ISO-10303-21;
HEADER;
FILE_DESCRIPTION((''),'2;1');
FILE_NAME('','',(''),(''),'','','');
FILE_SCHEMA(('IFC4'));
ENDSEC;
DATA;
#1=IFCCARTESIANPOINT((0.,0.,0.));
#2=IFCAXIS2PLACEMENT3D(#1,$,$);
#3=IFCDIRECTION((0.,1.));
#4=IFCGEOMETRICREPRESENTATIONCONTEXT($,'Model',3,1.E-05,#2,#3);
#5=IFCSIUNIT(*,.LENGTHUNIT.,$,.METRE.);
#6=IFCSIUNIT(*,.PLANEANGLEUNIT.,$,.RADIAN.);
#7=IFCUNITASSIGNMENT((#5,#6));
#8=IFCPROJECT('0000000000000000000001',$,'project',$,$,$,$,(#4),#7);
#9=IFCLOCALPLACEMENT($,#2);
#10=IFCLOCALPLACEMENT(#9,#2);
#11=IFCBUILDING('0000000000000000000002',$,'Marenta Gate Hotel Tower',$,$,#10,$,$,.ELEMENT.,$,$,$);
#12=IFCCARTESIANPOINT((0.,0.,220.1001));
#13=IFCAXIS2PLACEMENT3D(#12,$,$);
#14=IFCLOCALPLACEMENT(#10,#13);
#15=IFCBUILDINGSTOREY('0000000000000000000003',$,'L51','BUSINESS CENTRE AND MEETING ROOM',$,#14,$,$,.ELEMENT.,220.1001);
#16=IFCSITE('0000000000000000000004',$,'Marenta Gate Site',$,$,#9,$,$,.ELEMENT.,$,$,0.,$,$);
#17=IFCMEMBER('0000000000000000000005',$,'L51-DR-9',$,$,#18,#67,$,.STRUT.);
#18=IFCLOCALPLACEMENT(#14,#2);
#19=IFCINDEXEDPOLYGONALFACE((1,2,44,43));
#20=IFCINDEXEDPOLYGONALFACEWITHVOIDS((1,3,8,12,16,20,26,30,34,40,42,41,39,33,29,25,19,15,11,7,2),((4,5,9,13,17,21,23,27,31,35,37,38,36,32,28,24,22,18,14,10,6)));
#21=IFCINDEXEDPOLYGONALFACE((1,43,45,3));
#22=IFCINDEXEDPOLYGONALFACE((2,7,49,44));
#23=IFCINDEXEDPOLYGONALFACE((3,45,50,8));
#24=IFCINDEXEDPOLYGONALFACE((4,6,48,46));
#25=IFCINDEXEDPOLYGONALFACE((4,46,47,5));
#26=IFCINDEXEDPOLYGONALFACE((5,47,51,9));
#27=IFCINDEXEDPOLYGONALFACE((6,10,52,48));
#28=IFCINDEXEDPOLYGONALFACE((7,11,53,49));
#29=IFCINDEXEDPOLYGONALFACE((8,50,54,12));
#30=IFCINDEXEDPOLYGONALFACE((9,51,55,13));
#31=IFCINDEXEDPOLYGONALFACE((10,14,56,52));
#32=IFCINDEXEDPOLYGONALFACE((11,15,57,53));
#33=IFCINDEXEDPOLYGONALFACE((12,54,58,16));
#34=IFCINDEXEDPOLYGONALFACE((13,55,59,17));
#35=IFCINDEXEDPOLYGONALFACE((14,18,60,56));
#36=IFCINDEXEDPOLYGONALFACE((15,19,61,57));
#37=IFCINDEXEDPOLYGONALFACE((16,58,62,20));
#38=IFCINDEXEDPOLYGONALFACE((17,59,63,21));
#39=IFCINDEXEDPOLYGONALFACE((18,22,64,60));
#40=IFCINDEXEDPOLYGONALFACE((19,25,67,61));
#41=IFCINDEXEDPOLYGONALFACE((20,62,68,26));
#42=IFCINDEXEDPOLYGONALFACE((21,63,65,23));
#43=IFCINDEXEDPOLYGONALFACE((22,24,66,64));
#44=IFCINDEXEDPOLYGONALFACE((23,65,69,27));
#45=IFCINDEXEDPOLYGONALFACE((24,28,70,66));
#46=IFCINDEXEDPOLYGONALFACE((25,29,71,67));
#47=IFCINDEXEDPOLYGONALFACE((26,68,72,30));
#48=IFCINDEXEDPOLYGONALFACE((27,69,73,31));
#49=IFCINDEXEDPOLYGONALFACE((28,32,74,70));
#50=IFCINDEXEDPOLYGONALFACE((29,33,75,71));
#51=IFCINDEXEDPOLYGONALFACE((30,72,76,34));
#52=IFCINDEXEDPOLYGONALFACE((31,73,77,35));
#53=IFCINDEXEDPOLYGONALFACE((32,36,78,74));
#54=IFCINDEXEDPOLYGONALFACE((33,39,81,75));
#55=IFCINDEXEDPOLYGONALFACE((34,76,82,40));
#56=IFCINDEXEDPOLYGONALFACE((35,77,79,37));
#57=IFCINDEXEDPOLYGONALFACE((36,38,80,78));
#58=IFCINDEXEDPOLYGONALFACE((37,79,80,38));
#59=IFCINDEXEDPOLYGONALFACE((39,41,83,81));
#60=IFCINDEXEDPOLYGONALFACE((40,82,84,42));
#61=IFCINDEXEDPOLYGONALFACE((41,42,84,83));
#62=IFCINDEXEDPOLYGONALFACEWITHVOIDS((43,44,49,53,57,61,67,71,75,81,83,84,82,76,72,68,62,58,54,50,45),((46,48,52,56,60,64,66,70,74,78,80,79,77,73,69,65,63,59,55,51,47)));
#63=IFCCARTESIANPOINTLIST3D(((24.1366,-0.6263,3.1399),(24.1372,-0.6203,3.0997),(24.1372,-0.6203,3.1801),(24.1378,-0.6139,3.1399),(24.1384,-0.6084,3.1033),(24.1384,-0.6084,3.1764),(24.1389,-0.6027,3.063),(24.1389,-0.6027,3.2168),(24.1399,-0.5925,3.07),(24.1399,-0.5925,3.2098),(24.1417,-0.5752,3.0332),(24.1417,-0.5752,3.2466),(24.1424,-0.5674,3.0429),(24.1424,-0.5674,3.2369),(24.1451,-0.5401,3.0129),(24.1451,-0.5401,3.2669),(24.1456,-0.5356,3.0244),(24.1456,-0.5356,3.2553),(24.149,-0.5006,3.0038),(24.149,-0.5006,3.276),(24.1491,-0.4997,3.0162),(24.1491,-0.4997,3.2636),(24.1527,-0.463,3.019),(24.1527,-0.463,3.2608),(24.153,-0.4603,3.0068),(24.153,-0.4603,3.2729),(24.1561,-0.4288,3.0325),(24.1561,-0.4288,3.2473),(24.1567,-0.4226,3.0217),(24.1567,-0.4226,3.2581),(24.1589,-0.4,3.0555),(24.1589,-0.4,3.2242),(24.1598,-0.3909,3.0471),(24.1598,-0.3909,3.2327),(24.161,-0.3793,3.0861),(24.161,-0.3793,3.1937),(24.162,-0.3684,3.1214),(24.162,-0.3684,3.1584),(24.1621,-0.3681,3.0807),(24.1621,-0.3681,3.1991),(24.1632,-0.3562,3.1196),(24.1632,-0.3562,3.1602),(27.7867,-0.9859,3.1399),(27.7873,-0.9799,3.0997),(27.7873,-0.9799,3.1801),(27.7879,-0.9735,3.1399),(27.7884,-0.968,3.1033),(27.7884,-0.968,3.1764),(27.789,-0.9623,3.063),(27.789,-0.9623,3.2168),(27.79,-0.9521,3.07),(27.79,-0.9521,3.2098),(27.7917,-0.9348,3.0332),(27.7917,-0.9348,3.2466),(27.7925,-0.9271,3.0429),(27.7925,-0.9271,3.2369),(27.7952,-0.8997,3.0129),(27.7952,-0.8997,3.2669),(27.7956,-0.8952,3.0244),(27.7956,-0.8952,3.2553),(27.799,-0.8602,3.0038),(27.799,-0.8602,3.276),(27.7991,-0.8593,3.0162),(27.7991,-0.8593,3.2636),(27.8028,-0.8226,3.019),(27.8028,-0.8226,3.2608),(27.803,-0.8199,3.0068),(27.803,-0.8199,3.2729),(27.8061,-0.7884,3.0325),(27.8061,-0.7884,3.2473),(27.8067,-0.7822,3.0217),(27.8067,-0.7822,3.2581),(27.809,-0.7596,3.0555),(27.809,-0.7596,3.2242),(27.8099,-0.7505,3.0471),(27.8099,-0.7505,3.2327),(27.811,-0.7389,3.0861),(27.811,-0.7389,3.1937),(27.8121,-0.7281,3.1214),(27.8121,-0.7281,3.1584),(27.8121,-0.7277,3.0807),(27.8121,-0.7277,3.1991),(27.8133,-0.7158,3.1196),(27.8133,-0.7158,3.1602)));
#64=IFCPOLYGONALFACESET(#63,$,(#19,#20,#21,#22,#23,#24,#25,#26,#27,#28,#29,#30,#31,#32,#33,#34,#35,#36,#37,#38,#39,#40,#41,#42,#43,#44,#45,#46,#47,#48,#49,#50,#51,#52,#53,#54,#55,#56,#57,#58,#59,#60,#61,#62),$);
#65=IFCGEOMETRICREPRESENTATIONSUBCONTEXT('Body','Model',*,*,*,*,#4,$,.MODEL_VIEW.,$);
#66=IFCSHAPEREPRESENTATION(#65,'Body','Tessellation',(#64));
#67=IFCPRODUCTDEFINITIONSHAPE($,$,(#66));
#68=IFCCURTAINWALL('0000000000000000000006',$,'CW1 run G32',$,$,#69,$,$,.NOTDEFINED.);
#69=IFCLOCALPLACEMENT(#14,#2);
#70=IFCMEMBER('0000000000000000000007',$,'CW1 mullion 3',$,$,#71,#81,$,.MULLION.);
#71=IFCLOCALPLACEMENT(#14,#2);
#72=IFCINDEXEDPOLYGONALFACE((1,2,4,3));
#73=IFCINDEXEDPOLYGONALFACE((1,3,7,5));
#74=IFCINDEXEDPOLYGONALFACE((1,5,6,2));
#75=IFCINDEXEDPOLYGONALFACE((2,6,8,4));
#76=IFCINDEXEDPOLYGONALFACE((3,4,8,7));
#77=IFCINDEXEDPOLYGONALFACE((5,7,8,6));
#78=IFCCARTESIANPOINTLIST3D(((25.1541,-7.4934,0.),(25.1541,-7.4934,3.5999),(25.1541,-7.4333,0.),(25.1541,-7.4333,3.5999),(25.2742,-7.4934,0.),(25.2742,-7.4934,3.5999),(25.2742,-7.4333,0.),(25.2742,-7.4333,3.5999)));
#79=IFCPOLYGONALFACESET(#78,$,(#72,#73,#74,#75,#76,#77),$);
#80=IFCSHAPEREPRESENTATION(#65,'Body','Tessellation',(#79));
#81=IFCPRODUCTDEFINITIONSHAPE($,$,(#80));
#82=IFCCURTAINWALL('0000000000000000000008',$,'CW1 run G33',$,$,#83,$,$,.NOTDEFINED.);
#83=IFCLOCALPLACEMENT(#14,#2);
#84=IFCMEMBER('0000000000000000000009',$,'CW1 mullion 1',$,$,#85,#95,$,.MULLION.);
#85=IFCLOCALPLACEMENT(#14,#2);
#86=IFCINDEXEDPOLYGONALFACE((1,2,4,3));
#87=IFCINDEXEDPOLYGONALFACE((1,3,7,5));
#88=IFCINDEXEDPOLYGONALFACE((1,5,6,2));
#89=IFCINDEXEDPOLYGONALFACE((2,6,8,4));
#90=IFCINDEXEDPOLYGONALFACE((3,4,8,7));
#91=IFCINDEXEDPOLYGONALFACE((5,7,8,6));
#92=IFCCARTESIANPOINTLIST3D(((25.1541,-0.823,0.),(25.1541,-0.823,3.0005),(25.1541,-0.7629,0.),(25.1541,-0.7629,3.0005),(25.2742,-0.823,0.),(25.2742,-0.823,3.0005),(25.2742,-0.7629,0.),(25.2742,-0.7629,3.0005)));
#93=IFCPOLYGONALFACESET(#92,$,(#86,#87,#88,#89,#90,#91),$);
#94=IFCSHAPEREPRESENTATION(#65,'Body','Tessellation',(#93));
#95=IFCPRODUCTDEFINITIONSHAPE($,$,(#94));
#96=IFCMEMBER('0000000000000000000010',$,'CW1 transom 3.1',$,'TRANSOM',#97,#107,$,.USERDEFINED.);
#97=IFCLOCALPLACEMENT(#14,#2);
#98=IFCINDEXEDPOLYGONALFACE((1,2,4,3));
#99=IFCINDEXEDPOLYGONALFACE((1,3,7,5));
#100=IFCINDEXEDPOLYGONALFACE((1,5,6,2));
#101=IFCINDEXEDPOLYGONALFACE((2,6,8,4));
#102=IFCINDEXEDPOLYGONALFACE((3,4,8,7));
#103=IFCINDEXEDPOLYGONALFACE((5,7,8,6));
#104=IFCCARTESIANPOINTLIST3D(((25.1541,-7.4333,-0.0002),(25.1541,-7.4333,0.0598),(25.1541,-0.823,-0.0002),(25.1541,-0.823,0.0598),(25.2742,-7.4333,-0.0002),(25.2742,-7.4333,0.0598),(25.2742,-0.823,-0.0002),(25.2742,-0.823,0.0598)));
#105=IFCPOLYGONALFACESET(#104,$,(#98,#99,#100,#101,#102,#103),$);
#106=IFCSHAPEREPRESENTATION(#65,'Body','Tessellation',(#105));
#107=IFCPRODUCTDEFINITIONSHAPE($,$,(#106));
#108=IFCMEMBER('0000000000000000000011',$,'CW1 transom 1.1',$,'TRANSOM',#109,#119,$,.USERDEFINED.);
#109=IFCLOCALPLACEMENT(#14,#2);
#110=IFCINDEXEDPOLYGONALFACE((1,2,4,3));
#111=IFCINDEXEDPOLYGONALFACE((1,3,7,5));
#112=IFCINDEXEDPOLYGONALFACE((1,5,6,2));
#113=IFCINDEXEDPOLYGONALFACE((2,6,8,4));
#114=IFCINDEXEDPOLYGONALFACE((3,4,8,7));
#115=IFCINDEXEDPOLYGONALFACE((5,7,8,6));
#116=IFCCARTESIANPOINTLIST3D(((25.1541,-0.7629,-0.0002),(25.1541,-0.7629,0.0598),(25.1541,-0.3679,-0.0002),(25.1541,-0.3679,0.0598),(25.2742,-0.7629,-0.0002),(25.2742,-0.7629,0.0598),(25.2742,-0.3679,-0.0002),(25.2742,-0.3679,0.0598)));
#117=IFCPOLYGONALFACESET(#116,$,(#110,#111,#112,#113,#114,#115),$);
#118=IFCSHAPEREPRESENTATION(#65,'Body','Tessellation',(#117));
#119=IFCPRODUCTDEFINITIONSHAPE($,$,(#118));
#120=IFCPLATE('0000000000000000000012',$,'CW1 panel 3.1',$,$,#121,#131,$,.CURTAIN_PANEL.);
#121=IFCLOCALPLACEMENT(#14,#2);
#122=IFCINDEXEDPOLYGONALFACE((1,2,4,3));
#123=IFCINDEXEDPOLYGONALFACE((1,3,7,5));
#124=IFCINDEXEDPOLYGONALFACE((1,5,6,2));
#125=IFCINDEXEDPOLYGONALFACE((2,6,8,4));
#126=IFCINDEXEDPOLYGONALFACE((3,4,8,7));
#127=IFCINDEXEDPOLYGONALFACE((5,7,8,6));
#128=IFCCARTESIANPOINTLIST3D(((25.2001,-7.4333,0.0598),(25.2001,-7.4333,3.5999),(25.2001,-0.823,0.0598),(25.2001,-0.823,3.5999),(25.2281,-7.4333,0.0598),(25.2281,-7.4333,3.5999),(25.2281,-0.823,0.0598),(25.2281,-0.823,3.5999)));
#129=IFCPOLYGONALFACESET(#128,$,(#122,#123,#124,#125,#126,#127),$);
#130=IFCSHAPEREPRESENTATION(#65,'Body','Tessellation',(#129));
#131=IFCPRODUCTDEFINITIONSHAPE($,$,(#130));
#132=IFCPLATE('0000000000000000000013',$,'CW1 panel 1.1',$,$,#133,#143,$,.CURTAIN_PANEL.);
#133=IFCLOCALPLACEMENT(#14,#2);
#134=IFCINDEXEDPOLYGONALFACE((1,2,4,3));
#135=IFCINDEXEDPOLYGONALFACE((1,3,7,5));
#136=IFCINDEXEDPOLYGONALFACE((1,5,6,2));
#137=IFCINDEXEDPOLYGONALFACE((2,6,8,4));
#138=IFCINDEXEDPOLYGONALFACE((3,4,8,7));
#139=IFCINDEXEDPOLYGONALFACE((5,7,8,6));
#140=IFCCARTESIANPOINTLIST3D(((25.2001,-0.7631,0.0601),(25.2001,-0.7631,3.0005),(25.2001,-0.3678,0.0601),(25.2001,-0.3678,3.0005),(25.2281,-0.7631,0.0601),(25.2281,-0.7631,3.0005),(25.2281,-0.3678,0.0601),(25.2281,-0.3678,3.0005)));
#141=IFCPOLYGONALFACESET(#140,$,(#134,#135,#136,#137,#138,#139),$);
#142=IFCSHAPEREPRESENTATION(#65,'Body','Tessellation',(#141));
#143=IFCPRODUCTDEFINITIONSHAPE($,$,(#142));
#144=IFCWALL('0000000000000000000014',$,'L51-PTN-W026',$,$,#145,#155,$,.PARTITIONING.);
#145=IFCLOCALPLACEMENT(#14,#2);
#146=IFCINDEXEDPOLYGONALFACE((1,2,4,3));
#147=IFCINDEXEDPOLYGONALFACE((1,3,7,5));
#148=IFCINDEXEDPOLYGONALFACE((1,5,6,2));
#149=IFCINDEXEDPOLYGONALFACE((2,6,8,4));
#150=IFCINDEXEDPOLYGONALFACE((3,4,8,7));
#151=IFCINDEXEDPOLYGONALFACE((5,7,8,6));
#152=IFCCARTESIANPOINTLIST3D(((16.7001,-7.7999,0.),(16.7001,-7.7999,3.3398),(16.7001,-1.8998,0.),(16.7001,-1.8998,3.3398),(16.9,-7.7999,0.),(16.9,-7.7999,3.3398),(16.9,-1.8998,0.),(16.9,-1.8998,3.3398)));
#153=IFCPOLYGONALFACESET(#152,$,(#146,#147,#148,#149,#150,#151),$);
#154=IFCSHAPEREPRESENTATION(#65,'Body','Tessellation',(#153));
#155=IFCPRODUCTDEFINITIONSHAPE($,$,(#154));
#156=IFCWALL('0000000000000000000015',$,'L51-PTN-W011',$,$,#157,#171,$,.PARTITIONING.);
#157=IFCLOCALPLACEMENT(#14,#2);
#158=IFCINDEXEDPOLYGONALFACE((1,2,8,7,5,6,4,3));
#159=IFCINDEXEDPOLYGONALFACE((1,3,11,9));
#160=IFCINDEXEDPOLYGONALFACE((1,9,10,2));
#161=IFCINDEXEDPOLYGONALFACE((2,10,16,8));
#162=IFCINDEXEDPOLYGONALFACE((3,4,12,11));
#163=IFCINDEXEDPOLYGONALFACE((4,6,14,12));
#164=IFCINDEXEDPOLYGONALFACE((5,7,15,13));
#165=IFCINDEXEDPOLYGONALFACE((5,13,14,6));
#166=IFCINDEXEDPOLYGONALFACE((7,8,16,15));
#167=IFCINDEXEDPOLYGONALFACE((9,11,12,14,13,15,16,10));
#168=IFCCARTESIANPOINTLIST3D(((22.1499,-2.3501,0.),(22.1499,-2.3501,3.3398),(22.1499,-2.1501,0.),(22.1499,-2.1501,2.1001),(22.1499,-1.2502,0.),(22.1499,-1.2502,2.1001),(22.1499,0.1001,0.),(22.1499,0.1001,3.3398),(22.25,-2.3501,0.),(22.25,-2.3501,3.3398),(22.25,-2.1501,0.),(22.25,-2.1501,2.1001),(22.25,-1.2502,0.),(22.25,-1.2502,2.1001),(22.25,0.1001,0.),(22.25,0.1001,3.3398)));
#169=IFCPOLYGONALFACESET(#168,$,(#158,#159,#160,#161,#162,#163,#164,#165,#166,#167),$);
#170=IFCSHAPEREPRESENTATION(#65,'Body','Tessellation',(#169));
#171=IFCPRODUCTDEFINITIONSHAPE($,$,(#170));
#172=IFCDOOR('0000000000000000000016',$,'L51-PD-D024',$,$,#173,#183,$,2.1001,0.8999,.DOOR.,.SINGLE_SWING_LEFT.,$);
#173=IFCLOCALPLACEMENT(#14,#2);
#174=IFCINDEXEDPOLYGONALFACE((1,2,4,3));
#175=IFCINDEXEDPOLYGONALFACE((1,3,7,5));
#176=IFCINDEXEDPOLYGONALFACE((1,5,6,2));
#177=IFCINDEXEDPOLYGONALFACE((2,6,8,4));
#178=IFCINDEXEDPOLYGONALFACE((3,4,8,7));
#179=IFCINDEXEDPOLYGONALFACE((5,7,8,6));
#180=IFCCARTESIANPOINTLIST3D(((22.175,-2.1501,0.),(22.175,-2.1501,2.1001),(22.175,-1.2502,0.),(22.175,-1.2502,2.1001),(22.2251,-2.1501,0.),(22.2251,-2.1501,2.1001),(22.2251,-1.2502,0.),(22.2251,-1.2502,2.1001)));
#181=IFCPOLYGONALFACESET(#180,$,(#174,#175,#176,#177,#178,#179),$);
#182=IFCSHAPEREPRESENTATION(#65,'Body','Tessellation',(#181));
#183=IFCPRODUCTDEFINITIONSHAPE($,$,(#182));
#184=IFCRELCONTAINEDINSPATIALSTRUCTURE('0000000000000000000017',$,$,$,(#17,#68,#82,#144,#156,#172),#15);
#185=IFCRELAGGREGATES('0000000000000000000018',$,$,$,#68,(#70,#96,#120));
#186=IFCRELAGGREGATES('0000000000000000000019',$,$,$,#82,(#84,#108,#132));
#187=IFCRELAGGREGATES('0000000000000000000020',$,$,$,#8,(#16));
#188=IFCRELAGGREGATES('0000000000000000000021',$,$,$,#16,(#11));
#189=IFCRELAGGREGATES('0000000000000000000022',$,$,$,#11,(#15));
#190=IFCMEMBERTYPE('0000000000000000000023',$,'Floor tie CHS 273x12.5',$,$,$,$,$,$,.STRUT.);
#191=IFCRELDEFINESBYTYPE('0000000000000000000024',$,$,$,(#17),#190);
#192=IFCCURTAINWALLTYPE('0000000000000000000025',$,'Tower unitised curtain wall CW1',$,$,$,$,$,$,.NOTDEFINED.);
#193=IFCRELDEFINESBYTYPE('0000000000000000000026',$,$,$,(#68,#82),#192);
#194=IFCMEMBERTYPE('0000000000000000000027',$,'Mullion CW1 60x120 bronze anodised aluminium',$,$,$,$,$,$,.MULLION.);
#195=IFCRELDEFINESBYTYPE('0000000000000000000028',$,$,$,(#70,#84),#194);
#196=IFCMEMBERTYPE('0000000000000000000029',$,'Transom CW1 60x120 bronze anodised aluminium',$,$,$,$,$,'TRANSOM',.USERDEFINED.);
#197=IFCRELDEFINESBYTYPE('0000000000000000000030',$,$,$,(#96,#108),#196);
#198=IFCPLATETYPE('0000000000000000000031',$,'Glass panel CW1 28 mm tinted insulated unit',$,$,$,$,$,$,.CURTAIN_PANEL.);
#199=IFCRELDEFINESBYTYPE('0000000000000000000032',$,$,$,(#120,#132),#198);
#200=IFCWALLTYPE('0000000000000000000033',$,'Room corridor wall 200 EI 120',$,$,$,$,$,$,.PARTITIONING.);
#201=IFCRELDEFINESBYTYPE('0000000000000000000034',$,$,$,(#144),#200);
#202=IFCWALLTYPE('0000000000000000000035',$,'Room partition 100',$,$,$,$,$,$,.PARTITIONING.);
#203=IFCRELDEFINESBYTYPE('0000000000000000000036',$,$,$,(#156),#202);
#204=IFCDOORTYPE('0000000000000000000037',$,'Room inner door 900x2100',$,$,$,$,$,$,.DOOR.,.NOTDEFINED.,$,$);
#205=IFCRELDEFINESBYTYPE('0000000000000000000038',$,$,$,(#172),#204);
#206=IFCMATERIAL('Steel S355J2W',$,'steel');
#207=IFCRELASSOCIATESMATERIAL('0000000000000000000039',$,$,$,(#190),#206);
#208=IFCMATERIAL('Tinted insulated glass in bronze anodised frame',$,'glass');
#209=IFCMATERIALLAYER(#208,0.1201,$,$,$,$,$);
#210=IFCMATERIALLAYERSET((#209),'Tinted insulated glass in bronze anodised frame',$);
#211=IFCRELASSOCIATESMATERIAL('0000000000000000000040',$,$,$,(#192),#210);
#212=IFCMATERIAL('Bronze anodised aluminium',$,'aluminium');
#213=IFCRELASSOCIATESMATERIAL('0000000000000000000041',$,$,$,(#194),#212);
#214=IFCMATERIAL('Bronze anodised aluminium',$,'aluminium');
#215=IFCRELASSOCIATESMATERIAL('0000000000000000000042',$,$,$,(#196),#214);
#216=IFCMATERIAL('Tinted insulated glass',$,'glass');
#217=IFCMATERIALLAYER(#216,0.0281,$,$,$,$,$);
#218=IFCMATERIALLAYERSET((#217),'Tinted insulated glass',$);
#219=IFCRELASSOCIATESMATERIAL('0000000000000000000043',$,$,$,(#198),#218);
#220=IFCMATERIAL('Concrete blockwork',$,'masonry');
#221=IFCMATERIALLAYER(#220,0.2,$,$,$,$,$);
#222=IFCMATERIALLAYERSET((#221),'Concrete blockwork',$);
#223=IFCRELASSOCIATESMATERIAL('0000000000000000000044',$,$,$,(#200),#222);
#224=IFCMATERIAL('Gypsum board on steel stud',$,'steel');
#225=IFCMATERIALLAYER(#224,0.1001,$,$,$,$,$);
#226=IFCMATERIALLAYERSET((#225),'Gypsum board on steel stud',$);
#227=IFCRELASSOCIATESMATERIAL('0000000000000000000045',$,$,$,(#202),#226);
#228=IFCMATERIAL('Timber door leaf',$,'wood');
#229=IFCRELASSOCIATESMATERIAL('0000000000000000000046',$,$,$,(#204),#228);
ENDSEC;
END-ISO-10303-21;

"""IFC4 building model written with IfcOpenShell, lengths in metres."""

from ifc_helpers import new_model, si_unit, direction, frame, frame_2d, origin, origin_2d, place, context, subcontext, project, spatial, rectangle, hollow_circle, extrude, material, layer, layer_set, material_profile, profile_set, type_object, element, fill, aggregate, save


model = new_model("IFC4")

# Units and contexts
model_context = context("Model", 3, precision=1e-05, world=origin(), true_north=direction((0.0, 1.0)))
body_context = subcontext(model_context, "Body", "Model", "MODEL_VIEW")
ifc_project = project(units=[si_unit("LENGTHUNIT", "METRE"), si_unit("PLANEANGLEUNIT", "RADIAN")], contexts=[model_context])

# Site, building, storey
site_placement = place(None, origin())
site = spatial("IfcSite", under=ifc_project, at=site_placement, Name="Marenta Gate Site", CompositionType="ELEMENT", RefElevation=0.0)
building_placement = place(site_placement, origin())
building = spatial("IfcBuilding", under=site, at=building_placement, Name="Marenta Gate Hotel Tower", CompositionType="ELEMENT")
storey_placement = place(building_placement, frame((0.0, 0.0, 220.1001)))
storey = spatial("IfcBuildingStorey", under=building, at=storey_placement, Name="L51", Description="BUSINESS CENTRE AND MEETING ROOM", CompositionType="ELEMENT", Elevation=220.1001)

# Member
ifc_material_1 = material(Name="Steel S355J2W", Category="steel")
ifc_material_profile_1 = material_profile(ifc_material_1, hollow_circle(Radius=0.1365, WallThickness=0.0125, at=origin_2d()), Name="CHS 273x12.5")
ifc_profile_set_1 = profile_set([ifc_material_profile_1], Name="Steel S355J2W")
member_type_1 = type_object("IfcMemberType", Name="Floor tie CHS 273x12.5", PredefinedType="STRUT", material=ifc_profile_set_1)
member_1_placement = place(storey_placement, frame((27.8, -0.8501, 3.1399), z_axis=(-0.995182, 0.098047, 0.0), x_axis=(-0.098047, -0.995182, 0.0)))
element("IfcMember", 1, at=member_1_placement, inside=storey, type_object=member_type_1, Name="L51-DR-9", PredefinedType="STRUT", context=body_context, shape_type="SweptSolid", body=[
    extrude(hollow_circle(Radius=0.1365, WallThickness=0.0125, at=origin_2d()), origin(), (0.0, 0.0, 1.0), 3.6677),
])

# Curtain walls, members
ifc_material_2 = material(Name="Tinted insulated glass in bronze anodised frame", Category="glass")
ifc_layer_1 = layer(ifc_material_2, 0.1201)
ifc_layer_set_1 = layer_set([ifc_layer_1], Name="Tinted insulated glass in bronze anodised frame")
curtain_wall_type = type_object("IfcCurtainWallType", Name="Tower unitised curtain wall CW1", PredefinedType="NOTDEFINED", material=ifc_layer_set_1)
curtain_wall_1_placement = place(storey_placement, origin())
curtain_wall_1 = element("IfcCurtainWall", 2, at=curtain_wall_1_placement, inside=storey, type_object=curtain_wall_type, Name="CW1 run G32", PredefinedType="NOTDEFINED")
ifc_material_3 = material(Name="Bronze anodised aluminium", Category="aluminium")
ifc_material_profile_2 = material_profile(ifc_material_3, rectangle(XDim=0.1201, YDim=0.0601, at=origin_2d()), Name="Mullion CW1 60x120 bronze anodised aluminium")
ifc_profile_set_2 = profile_set([ifc_material_profile_2], Name="Bronze anodised aluminium")
member_type_2 = type_object("IfcMemberType", Name="Mullion CW1 60x120 bronze anodised aluminium", PredefinedType="MULLION", material=ifc_profile_set_2)
member_2_placement = place(storey_placement, frame((25.2141, -7.4634, 0.0), z_axis=(0.0, 0.0, 1.0), x_axis=(-1.0, 0.0, 0.0)))
member_2 = element("IfcMember", 3, at=member_2_placement, type_object=member_type_2, Name="CW1 mullion 3", PredefinedType="MULLION", context=body_context, shape_type="SweptSolid", body=[
    extrude(rectangle(XDim=0.1201, YDim=0.0601, at=origin_2d()), origin(), (0.0, 0.0, 1.0), 3.5999),
])
curtain_wall_2_placement = place(storey_placement, origin())
curtain_wall_2 = element("IfcCurtainWall", 4, at=curtain_wall_2_placement, inside=storey, type_object=curtain_wall_type, Name="CW1 run G33", PredefinedType="NOTDEFINED")
member_3_placement = place(storey_placement, frame((25.2141, -0.793, 0.0), z_axis=(0.0, 0.0, 1.0), x_axis=(-1.0, 0.0, 0.0)))
member_3 = element("IfcMember", 5, at=member_3_placement, type_object=member_type_2, Name="CW1 mullion 1", PredefinedType="MULLION", context=body_context, shape_type="SweptSolid", body=[
    extrude(rectangle(XDim=0.1201, YDim=0.0601, at=origin_2d()), origin(), (0.0, 0.0, 1.0), 3.0005),
])

# Members
ifc_material_4 = material(Name="Bronze anodised aluminium", Category="aluminium")
ifc_material_profile_3 = material_profile(ifc_material_4, rectangle(XDim=0.1201, YDim=0.0601, at=origin_2d()), Name="Transom CW1 60x120 bronze anodised aluminium")
ifc_profile_set_3 = profile_set([ifc_material_profile_3], Name="Bronze anodised aluminium")
member_type_3 = type_object("IfcMemberType", Name="Transom CW1 60x120 bronze anodised aluminium", ElementType="TRANSOM", PredefinedType="USERDEFINED", material=ifc_profile_set_3)
member_4_placement = place(storey_placement, frame((25.2141, -7.4333, 0.0298), z_axis=(0.0, 1.0, 0.0), x_axis=(-1.0, 0.0, 0.0)))
member_4 = element("IfcMember", 6, at=member_4_placement, type_object=member_type_3, Name="CW1 transom 3.1", ObjectType="TRANSOM", PredefinedType="USERDEFINED", context=body_context, shape_type="SweptSolid", body=[
    extrude(rectangle(XDim=0.1201, YDim=0.0601, at=origin_2d()), origin(), (0.0, 0.0, 1.0), 6.6104),
])
member_5_placement = place(storey_placement, frame((25.2141, -0.7629, 0.0298), z_axis=(0.0, 1.0, 0.0), x_axis=(-1.0, 0.0, 0.0)))
member_5 = element("IfcMember", 7, at=member_5_placement, type_object=member_type_3, Name="CW1 transom 1.1", ObjectType="TRANSOM", PredefinedType="USERDEFINED", context=body_context, shape_type="SweptSolid", body=[
    extrude(rectangle(XDim=0.1201, YDim=0.0601, at=origin_2d()), origin(), (0.0, 0.0, 1.0), 0.395),
])

# Plates
ifc_material_5 = material(Name="Tinted insulated glass", Category="glass")
ifc_layer_2 = layer(ifc_material_5, 0.0281)
ifc_layer_set_2 = layer_set([ifc_layer_2], Name="Tinted insulated glass")
plate_type = type_object("IfcPlateType", Name="Glass panel CW1 28 mm tinted insulated unit", PredefinedType="CURTAIN_PANEL", material=ifc_layer_set_2)
plate_1_placement = place(storey_placement, frame((25.2141, -4.1282, 0.0598), z_axis=(0.0, 0.0, 1.0), x_axis=(0.0, 1.0, 0.0)))
plate_1 = element("IfcPlate", 8, at=plate_1_placement, type_object=plate_type, Name="CW1 panel 3.1", PredefinedType="CURTAIN_PANEL", context=body_context, shape_type="SweptSolid", body=[
    extrude(rectangle(XDim=6.6104, YDim=0.0281, at=origin_2d()), origin(), (0.0, 0.0, 1.0), 3.54),
])
aggregate(curtain_wall_1, [member_2, member_4, plate_1])
plate_2_placement = place(storey_placement, frame((25.2141, -0.5654, 0.0601), z_axis=(0.0, 0.0, 1.0), x_axis=(0.0, 1.0, 0.0)))
plate_2 = element("IfcPlate", 9, at=plate_2_placement, type_object=plate_type, Name="CW1 panel 1.1", PredefinedType="CURTAIN_PANEL", context=body_context, shape_type="SweptSolid", body=[
    extrude(rectangle(XDim=0.3953, YDim=0.0281, at=origin_2d()), origin(), (0.0, 0.0, 1.0), 2.9404),
])
aggregate(curtain_wall_2, [member_3, member_5, plate_2])

# Wall
ifc_material_6 = material(Name="Concrete blockwork", Category="masonry")
ifc_layer_3 = layer(ifc_material_6, 0.2)
ifc_layer_set_3 = layer_set([ifc_layer_3], Name="Concrete blockwork")
wall_type_1 = type_object("IfcWallType", Name="Room corridor wall 200 EI 120", PredefinedType="PARTITIONING", material=ifc_layer_set_3)
wall_1_placement = place(storey_placement, frame((16.8, -7.8, 0.0), z_axis=(0.0, 0.0, 1.0), x_axis=(0.0, 1.0, 0.0)))
element("IfcWall", 10, at=wall_1_placement, inside=storey, type_object=wall_type_1, Name="L51-PTN-W026", PredefinedType="PARTITIONING", context=body_context, shape_type="SweptSolid", body=[
    extrude(rectangle(XDim=5.9001, YDim=0.2, at=frame_2d((2.9502, 0.0))), origin(), (0.0, 0.0, 1.0), 3.3398),
])

# Wall, opening, door
ifc_material_7 = material(Name="Gypsum board on steel stud", Category="steel")
ifc_layer_4 = layer(ifc_material_7, 0.1001)
ifc_layer_set_4 = layer_set([ifc_layer_4], Name="Gypsum board on steel stud")
wall_type_2 = type_object("IfcWallType", Name="Room partition 100", PredefinedType="PARTITIONING", material=ifc_layer_set_4)
wall_2_placement = place(storey_placement, frame((22.2, -2.3501, 0.0), z_axis=(0.0, 0.0, 1.0), x_axis=(0.0, 1.0, 0.0)))
wall_2 = element("IfcWall", 11, at=wall_2_placement, inside=storey, type_object=wall_type_2, Name="L51-PTN-W011", PredefinedType="PARTITIONING", context=body_context, shape_type="SweptSolid", body=[
    extrude(rectangle(XDim=2.4502, YDim=0.1001, at=frame_2d((1.2251, 0.0))), origin(), (0.0, 0.0, 1.0), 3.3398),
])
opening_1_placement = place(wall_2_placement, frame((0.2, 0.0, 0.0)))
opening_1 = element("IfcOpeningElement", 12, at=opening_1_placement, cuts=wall_2, PredefinedType="OPENING", context=body_context, shape_type="SweptSolid", body=[
    extrude(rectangle(XDim=0.8999, YDim=2.1001, at=frame_2d((0.45, 1.05))), frame((0.0, 0.05, 0.0), z_axis=(0.0, -1.0, 0.0), x_axis=(1.0, 0.0, 0.0)), (0.0, 0.0, 1.0), 0.1001),
])
ifc_material_8 = material(Name="Timber door leaf", Category="wood")
door_type = type_object("IfcDoorType", Name="Room inner door 900x2100", OperationType="NOTDEFINED", PredefinedType="DOOR", material=ifc_material_8)
door_1_placement = place(opening_1_placement, origin())
door_1 = element("IfcDoor", 13, at=door_1_placement, inside=storey, type_object=door_type, Name="L51-PD-D024", OperationType="SINGLE_SWING_LEFT", OverallHeight=2.1001, OverallWidth=0.8999, PredefinedType="DOOR", context=body_context, shape_type="SweptSolid", body=[
    extrude(rectangle(XDim=0.8999, YDim=2.1001, at=frame_2d((0.45, 1.05))), frame((0.0, 0.0249, 0.0), z_axis=(0.0, -1.0, 0.0), x_axis=(1.0, 0.0, 0.0)), (0.0, 0.0, 1.0), 0.05),
])
fill(opening_1, door_1)

save(model, "model.ifc")
